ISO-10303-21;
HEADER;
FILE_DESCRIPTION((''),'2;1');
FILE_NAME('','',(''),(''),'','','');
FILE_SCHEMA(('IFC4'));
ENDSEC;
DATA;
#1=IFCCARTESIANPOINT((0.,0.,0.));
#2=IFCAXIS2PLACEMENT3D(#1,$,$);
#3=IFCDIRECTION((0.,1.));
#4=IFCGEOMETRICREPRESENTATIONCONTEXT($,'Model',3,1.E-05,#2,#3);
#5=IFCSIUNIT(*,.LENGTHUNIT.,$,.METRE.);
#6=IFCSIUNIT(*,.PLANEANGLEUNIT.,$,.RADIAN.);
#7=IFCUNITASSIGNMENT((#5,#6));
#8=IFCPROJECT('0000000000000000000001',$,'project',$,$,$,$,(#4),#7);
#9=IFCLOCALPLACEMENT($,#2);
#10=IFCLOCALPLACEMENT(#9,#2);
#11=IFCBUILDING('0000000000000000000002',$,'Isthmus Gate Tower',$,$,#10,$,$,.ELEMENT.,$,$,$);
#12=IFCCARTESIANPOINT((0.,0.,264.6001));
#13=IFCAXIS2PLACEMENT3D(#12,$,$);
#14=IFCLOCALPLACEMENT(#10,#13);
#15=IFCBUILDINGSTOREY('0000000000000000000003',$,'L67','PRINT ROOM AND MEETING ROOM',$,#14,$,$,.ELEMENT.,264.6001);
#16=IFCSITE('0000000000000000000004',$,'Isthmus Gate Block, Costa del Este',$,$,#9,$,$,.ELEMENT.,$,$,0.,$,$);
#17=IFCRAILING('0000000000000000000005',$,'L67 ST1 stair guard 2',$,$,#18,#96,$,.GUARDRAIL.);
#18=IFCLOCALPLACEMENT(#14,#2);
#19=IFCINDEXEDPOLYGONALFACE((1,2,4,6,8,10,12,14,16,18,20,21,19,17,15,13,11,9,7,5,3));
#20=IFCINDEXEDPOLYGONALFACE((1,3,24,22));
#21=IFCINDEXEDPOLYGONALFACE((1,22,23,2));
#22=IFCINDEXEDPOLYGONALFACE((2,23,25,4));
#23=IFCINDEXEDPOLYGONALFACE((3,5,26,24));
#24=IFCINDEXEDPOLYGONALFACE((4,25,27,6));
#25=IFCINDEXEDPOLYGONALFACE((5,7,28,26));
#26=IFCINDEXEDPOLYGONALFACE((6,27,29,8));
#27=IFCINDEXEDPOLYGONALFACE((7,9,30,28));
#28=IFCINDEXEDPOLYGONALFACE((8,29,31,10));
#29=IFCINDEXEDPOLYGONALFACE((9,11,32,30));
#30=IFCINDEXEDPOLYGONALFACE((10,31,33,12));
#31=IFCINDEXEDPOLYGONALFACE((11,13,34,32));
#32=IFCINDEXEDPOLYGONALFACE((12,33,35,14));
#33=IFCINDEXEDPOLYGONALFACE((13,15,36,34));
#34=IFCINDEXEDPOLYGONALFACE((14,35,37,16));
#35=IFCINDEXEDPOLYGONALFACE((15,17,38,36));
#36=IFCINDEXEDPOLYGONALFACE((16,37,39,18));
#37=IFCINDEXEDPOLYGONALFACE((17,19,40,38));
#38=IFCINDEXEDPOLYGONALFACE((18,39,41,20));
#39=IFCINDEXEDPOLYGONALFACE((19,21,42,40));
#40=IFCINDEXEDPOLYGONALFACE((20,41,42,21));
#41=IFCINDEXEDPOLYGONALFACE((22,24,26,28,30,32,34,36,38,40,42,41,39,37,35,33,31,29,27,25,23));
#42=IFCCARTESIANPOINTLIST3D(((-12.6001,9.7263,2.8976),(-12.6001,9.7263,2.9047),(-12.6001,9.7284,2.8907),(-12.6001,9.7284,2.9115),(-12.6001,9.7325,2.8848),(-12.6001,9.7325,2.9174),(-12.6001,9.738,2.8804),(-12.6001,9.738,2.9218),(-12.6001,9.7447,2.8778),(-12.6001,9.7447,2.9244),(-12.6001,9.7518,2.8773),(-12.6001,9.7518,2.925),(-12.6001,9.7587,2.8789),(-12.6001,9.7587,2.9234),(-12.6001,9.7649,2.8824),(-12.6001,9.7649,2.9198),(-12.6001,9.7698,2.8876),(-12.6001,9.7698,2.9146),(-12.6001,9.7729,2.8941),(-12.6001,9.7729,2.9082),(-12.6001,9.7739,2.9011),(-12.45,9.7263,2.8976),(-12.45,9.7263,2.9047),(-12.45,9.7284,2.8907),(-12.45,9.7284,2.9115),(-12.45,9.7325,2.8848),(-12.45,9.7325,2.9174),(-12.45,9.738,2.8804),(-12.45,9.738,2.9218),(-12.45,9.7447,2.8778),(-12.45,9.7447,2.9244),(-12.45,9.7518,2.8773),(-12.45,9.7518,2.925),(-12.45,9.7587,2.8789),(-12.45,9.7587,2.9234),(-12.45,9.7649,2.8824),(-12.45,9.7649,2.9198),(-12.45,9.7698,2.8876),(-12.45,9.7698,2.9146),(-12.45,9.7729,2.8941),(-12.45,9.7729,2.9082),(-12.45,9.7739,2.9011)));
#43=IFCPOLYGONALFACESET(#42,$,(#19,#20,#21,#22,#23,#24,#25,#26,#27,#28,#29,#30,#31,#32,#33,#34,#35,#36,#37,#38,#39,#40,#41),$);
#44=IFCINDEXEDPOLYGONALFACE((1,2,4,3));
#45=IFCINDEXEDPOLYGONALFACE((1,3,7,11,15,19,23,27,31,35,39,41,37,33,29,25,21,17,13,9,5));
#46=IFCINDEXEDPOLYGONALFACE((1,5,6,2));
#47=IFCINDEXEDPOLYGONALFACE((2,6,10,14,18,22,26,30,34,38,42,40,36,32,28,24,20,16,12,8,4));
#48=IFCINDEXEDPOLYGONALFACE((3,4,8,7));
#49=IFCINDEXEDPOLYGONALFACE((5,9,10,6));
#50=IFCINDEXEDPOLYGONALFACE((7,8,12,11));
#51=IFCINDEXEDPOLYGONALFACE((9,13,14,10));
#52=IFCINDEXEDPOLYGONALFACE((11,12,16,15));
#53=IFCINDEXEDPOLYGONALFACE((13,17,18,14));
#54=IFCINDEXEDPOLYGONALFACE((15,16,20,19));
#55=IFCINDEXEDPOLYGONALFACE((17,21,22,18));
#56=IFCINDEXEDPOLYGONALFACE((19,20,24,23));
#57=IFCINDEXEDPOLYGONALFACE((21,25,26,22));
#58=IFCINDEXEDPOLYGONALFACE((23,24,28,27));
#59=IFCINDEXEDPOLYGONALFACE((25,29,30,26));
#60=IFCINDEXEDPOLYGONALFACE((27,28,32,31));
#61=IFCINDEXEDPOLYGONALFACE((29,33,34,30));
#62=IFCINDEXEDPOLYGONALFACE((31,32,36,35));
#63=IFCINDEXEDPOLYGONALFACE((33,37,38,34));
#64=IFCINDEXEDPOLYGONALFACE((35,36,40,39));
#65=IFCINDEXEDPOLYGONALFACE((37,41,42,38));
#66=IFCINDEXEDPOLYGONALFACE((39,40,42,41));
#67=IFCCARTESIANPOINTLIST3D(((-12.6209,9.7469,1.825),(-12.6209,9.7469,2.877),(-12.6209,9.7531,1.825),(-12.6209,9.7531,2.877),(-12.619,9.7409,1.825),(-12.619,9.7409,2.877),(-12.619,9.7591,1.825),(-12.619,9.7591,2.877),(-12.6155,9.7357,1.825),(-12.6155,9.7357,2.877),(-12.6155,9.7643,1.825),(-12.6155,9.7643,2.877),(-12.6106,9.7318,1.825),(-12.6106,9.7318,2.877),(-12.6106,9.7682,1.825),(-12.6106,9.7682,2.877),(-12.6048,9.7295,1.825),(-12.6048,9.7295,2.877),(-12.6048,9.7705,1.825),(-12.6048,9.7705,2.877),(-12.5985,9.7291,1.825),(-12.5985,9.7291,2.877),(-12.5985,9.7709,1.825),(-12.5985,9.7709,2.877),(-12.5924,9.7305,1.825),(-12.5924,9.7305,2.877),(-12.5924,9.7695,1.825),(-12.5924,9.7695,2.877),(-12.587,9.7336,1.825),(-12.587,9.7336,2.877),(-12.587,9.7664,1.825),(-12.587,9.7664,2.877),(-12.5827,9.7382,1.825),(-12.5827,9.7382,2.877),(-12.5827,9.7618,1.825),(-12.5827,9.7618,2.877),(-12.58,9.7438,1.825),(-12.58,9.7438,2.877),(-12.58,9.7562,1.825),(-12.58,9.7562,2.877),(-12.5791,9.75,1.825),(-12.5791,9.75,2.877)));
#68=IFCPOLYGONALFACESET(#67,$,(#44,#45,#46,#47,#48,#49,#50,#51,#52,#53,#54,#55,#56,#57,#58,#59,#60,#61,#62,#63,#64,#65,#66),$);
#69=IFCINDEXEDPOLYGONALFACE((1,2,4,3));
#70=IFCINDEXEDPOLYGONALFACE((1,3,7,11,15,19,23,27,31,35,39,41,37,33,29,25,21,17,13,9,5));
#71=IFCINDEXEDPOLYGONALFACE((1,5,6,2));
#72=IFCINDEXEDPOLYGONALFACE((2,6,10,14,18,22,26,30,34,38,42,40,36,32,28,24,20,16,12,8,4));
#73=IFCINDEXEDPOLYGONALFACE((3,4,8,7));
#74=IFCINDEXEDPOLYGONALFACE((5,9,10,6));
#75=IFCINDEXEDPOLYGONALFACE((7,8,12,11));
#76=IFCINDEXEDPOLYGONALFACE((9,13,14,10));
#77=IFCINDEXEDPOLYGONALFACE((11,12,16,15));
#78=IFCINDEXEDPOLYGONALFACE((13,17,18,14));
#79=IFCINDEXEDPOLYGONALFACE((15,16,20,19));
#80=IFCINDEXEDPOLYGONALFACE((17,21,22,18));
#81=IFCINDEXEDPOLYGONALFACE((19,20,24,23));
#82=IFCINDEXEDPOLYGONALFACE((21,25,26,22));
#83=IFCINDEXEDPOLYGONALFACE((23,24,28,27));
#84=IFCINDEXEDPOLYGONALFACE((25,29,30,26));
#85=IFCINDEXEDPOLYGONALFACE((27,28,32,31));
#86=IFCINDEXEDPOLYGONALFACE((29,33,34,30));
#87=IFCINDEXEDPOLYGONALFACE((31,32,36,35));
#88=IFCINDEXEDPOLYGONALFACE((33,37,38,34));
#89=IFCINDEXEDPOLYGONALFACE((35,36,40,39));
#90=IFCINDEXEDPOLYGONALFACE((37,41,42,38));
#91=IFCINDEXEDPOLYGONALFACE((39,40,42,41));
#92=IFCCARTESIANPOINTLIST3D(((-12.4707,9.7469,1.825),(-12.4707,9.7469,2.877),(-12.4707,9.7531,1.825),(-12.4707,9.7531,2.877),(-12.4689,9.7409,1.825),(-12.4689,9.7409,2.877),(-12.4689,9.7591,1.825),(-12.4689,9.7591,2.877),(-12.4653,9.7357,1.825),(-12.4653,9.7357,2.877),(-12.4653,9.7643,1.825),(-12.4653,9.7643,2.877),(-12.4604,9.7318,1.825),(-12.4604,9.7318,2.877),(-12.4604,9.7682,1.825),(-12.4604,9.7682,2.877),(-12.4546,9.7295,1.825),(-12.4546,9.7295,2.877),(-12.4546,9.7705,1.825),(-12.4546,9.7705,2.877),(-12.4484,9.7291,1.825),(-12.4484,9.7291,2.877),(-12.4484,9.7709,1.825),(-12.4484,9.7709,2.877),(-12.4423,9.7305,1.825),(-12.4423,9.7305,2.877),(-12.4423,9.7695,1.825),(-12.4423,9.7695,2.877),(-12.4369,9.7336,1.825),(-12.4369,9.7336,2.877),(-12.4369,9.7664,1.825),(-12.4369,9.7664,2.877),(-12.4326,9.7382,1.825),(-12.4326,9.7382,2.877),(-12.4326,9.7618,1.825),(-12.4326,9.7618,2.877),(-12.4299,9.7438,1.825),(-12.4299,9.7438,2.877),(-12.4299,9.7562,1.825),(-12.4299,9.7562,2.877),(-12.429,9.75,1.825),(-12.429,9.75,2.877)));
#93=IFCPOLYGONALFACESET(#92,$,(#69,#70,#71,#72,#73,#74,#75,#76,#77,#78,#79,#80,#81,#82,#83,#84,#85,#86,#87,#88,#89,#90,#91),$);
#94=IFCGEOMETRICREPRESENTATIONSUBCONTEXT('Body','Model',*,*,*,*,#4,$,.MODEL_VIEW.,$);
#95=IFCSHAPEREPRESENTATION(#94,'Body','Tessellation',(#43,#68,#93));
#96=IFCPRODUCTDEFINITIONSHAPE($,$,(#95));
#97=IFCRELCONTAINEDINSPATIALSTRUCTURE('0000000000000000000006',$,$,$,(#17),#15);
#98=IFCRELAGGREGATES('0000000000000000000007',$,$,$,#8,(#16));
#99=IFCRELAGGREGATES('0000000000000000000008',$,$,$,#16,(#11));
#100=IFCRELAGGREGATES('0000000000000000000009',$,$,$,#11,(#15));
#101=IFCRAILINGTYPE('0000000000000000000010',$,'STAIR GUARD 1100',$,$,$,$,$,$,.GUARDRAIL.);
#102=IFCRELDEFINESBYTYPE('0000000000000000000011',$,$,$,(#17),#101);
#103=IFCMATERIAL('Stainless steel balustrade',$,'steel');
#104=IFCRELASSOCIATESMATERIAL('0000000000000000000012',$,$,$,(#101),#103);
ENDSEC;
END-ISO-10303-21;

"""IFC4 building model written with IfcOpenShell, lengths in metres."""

from ifc_helpers import new_model, si_unit, direction, frame, origin, origin_2d, place, context, subcontext, project, spatial, circle, extrude, material, type_object, element, save


model = new_model("IFC4")

# Units and contexts
model_context = context("Model", 3, precision=1e-05, world=origin(), true_north=direction((0.0, 1.0)))
body_context = subcontext(model_context, "Body", "Model", "MODEL_VIEW")
ifc_project = project(units=[si_unit("LENGTHUNIT", "METRE"), si_unit("PLANEANGLEUNIT", "RADIAN")], contexts=[model_context])

# Site, building, storey
site_placement = place(None, origin())
site = spatial("IfcSite", under=ifc_project, at=site_placement, Name="Isthmus Gate Block, Costa del Este", CompositionType="ELEMENT", RefElevation=0.0)
building_placement = place(site_placement, origin())
building = spatial("IfcBuilding", under=site, at=building_placement, Name="Isthmus Gate Tower", CompositionType="ELEMENT")
storey_placement = place(building_placement, frame((0.0, 0.0, 264.6001)))
storey = spatial("IfcBuildingStorey", under=building, at=storey_placement, Name="L67", Description="PRINT ROOM AND MEETING ROOM", CompositionType="ELEMENT", Elevation=264.6001)

# Railing
ifc_material_1 = material(Name="Stainless steel balustrade", Category="steel")
railing_type_1 = type_object("IfcRailingType", Name="STAIR GUARD 1100", PredefinedType="GUARDRAIL", material=ifc_material_1)
railing_1_placement = place(storey_placement, frame((-12.6001, 9.75, 1.825)))
element("IfcRailing", 1, at=railing_1_placement, inside=storey, type_object=railing_type_1, Name="L67 ST1 stair guard 2", PredefinedType="GUARDRAIL", context=body_context, shape_type="SweptSolid", body=[
    extrude(circle(Radius=0.0239, at=origin_2d()), frame((0.0, 0.0, 1.0762), z_axis=(1.0, 0.0, 0.0), x_axis=(0.0, 1.0, 0.0)), (0.0, 0.0, 1.0), 0.1501),
    extrude(circle(Radius=0.021, at=origin_2d()), origin(), (0.0, 0.0, 1.0), 1.052),
    extrude(circle(Radius=0.021, at=origin_2d()), frame((0.1501, 0.0, 0.0)), (0.0, 0.0, 1.0), 1.052),
])

save(model, "model.ifc")
